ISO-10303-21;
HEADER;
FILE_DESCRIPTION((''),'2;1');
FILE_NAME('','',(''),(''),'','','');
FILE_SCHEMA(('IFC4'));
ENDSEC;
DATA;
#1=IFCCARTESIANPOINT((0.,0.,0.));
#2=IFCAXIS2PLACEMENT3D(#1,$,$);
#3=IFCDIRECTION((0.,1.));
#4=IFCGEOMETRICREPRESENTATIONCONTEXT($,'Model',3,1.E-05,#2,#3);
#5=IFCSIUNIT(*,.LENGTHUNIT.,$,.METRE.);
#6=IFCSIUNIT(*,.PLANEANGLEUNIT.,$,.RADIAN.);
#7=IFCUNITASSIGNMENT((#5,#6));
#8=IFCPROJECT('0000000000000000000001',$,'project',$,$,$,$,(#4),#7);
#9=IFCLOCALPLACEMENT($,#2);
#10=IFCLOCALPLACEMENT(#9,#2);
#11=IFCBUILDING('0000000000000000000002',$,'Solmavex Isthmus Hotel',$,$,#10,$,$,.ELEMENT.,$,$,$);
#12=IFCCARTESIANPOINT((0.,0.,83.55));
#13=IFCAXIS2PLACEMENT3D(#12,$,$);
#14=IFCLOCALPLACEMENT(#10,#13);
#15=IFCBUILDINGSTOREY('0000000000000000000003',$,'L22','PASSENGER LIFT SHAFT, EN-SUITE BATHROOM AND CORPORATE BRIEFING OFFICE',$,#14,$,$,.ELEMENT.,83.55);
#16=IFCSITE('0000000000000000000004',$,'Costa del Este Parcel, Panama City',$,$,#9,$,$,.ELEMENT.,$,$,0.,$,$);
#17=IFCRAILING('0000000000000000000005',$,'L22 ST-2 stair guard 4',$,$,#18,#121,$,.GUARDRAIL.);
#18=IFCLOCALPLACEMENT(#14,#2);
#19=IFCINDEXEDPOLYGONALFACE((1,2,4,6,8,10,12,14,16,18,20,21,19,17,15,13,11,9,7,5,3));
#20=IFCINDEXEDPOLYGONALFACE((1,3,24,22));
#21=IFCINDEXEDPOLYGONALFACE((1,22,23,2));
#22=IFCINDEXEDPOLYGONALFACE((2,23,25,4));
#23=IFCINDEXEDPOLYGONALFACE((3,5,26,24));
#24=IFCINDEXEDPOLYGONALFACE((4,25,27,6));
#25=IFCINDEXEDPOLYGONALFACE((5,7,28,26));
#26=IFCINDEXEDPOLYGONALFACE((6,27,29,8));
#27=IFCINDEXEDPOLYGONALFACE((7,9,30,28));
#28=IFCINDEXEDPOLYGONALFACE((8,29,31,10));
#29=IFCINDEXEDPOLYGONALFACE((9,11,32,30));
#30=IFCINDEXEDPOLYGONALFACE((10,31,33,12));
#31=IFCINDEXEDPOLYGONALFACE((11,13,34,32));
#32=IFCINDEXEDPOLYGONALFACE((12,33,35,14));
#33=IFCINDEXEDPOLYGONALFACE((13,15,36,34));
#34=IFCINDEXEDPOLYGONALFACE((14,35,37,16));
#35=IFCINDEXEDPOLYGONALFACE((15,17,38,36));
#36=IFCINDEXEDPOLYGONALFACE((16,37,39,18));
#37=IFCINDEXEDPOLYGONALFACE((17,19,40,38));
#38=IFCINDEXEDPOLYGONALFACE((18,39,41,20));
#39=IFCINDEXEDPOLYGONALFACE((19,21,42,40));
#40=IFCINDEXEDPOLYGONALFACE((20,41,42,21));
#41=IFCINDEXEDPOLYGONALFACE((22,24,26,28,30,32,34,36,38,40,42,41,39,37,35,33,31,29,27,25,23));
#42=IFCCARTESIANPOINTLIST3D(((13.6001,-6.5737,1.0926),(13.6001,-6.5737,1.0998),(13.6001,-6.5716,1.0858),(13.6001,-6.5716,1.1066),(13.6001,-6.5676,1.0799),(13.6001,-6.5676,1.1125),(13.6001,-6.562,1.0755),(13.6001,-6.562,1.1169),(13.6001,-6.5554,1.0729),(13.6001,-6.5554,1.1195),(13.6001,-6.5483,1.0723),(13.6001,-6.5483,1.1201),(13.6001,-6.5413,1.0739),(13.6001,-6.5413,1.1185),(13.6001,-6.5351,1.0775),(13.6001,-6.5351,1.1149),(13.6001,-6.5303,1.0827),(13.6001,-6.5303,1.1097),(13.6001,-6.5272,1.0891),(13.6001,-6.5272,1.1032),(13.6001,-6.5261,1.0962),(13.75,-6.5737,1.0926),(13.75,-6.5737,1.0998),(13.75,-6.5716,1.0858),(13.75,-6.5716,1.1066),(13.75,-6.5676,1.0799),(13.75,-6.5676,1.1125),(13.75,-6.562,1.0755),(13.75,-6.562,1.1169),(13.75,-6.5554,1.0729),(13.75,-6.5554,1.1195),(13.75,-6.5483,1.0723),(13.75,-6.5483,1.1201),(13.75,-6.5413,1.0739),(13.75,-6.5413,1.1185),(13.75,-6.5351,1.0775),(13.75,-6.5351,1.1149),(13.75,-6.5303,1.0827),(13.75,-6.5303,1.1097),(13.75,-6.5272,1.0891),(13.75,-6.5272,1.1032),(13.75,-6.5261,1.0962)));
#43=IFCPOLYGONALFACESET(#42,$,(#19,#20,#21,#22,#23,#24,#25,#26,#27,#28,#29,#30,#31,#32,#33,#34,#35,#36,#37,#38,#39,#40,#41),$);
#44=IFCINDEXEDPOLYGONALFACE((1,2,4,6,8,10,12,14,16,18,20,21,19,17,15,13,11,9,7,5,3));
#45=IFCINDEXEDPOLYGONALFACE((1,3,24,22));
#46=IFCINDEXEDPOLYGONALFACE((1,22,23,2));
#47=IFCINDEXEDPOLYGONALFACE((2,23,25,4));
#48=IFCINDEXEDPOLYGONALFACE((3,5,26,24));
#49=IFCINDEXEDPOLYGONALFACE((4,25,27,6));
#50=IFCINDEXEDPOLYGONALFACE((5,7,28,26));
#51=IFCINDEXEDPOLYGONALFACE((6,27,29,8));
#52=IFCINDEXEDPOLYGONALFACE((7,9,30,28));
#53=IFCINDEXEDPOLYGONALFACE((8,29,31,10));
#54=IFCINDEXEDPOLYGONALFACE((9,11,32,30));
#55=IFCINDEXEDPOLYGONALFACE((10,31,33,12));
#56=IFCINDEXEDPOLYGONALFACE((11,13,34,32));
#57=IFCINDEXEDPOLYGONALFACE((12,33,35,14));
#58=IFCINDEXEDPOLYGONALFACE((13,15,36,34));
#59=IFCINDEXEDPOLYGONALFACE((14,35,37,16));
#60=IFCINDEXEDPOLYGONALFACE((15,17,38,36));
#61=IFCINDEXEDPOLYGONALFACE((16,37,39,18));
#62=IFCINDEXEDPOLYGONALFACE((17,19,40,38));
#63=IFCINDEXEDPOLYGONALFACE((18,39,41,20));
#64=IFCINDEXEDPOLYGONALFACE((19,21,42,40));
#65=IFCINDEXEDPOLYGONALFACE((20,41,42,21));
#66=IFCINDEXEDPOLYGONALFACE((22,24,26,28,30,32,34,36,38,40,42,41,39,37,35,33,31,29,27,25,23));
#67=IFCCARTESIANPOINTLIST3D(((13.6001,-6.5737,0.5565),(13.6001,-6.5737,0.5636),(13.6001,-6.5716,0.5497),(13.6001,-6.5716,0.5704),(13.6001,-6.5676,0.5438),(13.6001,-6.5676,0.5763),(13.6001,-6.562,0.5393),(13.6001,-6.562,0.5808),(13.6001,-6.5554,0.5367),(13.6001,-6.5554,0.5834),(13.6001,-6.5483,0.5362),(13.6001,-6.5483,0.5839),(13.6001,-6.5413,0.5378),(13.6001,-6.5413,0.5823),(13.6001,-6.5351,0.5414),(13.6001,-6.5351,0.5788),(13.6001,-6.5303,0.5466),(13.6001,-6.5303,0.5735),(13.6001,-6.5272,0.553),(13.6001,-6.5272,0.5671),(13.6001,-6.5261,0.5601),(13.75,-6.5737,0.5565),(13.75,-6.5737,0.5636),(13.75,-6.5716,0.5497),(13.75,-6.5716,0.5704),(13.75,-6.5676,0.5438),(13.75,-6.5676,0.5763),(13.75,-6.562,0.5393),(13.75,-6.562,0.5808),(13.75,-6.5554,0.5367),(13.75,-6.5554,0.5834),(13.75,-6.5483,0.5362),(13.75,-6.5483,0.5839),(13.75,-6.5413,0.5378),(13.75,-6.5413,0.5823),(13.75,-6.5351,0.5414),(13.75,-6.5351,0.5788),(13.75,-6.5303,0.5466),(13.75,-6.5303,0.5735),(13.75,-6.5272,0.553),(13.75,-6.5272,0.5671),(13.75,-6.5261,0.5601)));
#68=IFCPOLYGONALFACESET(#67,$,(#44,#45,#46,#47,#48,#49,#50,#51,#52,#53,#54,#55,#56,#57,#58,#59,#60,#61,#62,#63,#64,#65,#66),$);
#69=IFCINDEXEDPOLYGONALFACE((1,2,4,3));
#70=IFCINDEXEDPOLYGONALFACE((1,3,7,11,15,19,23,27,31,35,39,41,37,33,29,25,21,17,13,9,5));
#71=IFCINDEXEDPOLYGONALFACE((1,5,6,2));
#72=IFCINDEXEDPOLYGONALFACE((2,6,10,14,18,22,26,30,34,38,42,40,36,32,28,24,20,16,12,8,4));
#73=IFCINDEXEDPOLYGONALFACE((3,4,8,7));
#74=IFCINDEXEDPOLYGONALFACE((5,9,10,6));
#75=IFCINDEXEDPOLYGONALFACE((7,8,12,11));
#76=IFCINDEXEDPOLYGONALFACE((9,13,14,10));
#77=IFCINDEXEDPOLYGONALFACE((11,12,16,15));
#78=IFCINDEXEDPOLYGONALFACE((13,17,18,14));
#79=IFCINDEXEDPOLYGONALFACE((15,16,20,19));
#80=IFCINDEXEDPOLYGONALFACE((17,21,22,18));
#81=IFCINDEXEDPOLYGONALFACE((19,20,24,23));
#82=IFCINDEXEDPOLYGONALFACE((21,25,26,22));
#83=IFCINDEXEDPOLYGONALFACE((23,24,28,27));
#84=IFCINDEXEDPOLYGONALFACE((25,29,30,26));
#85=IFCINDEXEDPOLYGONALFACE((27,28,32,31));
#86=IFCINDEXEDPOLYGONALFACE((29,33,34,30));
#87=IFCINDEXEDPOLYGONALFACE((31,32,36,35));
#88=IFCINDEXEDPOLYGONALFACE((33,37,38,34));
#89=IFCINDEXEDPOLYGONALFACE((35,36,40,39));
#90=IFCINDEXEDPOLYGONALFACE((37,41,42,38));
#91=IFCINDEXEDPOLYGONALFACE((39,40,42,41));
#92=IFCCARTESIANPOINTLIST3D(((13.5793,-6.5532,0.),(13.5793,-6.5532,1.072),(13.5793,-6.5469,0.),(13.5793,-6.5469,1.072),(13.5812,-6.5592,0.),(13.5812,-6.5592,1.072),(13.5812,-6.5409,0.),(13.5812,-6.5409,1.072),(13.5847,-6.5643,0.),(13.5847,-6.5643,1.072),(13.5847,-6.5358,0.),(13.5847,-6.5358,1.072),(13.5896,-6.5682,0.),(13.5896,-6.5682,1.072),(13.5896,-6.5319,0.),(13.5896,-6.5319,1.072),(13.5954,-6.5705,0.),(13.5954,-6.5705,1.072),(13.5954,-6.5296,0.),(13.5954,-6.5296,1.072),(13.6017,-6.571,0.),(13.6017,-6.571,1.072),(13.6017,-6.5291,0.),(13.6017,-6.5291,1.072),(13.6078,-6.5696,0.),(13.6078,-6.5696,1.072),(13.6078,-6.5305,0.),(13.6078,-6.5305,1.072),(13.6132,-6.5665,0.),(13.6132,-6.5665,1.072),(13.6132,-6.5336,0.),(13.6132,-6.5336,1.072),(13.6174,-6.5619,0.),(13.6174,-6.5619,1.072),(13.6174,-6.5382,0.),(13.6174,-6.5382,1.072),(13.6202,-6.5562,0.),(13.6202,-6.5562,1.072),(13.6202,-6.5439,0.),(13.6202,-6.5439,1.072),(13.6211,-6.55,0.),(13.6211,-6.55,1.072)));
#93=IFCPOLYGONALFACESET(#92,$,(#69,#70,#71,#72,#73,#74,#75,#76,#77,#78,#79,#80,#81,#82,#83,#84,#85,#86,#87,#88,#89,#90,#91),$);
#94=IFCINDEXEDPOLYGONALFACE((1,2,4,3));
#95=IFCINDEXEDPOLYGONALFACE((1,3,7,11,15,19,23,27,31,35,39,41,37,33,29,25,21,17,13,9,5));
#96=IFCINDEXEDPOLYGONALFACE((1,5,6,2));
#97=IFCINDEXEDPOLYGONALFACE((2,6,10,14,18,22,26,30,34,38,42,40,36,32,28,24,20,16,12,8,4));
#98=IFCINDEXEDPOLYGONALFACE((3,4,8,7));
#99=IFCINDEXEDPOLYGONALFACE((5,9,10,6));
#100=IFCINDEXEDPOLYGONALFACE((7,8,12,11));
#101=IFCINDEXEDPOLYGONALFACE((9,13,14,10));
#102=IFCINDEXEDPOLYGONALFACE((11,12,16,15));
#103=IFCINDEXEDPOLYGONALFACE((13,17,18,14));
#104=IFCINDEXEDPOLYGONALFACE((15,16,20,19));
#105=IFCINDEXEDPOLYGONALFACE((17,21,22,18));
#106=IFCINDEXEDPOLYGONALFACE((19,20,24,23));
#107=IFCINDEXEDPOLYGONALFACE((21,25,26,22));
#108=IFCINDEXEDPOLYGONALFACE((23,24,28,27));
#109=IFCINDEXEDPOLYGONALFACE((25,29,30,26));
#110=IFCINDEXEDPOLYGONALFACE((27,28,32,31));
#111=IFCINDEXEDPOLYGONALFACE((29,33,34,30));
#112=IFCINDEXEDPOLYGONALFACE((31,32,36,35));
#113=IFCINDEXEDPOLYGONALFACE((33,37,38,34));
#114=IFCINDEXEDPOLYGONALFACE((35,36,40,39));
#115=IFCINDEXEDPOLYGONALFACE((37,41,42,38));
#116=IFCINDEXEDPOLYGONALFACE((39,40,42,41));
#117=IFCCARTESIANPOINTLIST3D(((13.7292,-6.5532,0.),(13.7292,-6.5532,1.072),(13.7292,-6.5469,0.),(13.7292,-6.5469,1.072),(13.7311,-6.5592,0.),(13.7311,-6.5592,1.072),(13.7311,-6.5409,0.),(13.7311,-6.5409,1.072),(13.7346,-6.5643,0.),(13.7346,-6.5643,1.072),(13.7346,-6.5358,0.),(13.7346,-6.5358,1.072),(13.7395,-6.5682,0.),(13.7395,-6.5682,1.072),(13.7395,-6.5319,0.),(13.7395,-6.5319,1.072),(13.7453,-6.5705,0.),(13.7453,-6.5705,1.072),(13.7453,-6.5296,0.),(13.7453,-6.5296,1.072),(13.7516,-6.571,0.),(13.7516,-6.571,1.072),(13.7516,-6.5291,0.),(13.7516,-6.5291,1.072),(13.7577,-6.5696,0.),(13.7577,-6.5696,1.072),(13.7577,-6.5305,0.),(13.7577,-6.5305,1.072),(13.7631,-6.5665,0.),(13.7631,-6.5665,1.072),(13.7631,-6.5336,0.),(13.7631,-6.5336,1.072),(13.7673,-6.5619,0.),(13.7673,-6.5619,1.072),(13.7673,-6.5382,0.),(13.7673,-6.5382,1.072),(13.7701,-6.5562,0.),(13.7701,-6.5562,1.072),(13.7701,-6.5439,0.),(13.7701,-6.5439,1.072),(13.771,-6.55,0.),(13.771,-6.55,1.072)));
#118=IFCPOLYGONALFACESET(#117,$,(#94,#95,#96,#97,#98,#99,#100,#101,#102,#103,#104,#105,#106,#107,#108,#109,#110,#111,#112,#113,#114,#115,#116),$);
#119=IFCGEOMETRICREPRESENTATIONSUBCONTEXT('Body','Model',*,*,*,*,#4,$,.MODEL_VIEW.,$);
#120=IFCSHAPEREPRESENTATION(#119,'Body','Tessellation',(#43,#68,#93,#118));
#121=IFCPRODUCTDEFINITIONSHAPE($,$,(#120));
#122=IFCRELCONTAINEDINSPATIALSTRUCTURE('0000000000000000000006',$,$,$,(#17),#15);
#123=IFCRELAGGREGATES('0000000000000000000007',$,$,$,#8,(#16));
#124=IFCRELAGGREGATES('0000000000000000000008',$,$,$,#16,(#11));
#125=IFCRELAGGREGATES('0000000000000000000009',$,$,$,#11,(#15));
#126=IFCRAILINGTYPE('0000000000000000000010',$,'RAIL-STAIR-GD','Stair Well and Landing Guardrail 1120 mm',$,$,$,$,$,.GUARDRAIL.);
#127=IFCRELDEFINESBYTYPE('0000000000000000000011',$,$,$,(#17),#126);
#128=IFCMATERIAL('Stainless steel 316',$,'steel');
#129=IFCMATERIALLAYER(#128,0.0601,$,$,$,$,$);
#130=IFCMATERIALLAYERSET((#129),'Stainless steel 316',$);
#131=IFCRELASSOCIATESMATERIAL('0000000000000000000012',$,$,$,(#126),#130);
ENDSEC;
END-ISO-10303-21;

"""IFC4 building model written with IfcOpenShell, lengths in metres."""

from ifc_helpers import new_model, si_unit, direction, frame, origin, origin_2d, place, context, subcontext, project, spatial, circle, extrude, material, layer, layer_set, type_object, element, save


model = new_model("IFC4")

# Units and contexts
model_context = context("Model", 3, precision=1e-05, world=origin(), true_north=direction((0.0, 1.0)))
body_context = subcontext(model_context, "Body", "Model", "MODEL_VIEW")
ifc_project = project(units=[si_unit("LENGTHUNIT", "METRE"), si_unit("PLANEANGLEUNIT", "RADIAN")], contexts=[model_context])

# Site, building, storey
site_placement = place(None, origin())
site = spatial("IfcSite", under=ifc_project, at=site_placement, Name="Costa del Este Parcel, Panama City", CompositionType="ELEMENT", RefElevation=0.0)
building_placement = place(site_placement, origin())
building = spatial("IfcBuilding", under=site, at=building_placement, Name="Solmavex Isthmus Hotel", CompositionType="ELEMENT")
storey_placement = place(building_placement, frame((0.0, 0.0, 83.55)))
storey = spatial("IfcBuildingStorey", under=building, at=storey_placement, Name="L22", Description="PASSENGER LIFT SHAFT, EN-SUITE BATHROOM AND CORPORATE BRIEFING OFFICE", CompositionType="ELEMENT", Elevation=83.55)

# Railing
ifc_material_1 = material(Name="Stainless steel 316", Category="steel")
ifc_layer_1 = layer(ifc_material_1, 0.0601)
ifc_layer_set_1 = layer_set([ifc_layer_1], Name="Stainless steel 316")
railing_type_1 = type_object("IfcRailingType", Name="RAIL-STAIR-GD", Description="Stair Well and Landing Guardrail 1120 mm", PredefinedType="GUARDRAIL", material=ifc_layer_set_1)
railing_1_placement = place(storey_placement, frame((13.6001, -6.55, 0.0)))
element("IfcRailing", 1, at=railing_1_placement, inside=storey, type_object=railing_type_1, Name="L22 ST-2 stair guard 4", PredefinedType="GUARDRAIL", context=body_context, shape_type="SweptSolid", body=[
    extrude(circle(Radius=0.0239, at=origin_2d()), frame((0.0, 0.0, 1.0962), z_axis=(1.0, 0.0, 0.0), x_axis=(0.0, 1.0, 0.0)), (0.0, 0.0, 1.0), 0.1499),
    extrude(circle(Radius=0.0239, at=origin_2d()), frame((0.0, 0.0, 0.5601), z_axis=(1.0, 0.0, 0.0), x_axis=(0.0, 1.0, 0.0)), (0.0, 0.0, 1.0), 0.1499),
    extrude(circle(Radius=0.021, at=origin_2d()), origin(), (0.0, 0.0, 1.0), 1.072),
    extrude(circle(Radius=0.021, at=origin_2d()), frame((0.1499, 0.0, 0.0)), (0.0, 0.0, 1.0), 1.072),
])

save(model, "model.ifc")
